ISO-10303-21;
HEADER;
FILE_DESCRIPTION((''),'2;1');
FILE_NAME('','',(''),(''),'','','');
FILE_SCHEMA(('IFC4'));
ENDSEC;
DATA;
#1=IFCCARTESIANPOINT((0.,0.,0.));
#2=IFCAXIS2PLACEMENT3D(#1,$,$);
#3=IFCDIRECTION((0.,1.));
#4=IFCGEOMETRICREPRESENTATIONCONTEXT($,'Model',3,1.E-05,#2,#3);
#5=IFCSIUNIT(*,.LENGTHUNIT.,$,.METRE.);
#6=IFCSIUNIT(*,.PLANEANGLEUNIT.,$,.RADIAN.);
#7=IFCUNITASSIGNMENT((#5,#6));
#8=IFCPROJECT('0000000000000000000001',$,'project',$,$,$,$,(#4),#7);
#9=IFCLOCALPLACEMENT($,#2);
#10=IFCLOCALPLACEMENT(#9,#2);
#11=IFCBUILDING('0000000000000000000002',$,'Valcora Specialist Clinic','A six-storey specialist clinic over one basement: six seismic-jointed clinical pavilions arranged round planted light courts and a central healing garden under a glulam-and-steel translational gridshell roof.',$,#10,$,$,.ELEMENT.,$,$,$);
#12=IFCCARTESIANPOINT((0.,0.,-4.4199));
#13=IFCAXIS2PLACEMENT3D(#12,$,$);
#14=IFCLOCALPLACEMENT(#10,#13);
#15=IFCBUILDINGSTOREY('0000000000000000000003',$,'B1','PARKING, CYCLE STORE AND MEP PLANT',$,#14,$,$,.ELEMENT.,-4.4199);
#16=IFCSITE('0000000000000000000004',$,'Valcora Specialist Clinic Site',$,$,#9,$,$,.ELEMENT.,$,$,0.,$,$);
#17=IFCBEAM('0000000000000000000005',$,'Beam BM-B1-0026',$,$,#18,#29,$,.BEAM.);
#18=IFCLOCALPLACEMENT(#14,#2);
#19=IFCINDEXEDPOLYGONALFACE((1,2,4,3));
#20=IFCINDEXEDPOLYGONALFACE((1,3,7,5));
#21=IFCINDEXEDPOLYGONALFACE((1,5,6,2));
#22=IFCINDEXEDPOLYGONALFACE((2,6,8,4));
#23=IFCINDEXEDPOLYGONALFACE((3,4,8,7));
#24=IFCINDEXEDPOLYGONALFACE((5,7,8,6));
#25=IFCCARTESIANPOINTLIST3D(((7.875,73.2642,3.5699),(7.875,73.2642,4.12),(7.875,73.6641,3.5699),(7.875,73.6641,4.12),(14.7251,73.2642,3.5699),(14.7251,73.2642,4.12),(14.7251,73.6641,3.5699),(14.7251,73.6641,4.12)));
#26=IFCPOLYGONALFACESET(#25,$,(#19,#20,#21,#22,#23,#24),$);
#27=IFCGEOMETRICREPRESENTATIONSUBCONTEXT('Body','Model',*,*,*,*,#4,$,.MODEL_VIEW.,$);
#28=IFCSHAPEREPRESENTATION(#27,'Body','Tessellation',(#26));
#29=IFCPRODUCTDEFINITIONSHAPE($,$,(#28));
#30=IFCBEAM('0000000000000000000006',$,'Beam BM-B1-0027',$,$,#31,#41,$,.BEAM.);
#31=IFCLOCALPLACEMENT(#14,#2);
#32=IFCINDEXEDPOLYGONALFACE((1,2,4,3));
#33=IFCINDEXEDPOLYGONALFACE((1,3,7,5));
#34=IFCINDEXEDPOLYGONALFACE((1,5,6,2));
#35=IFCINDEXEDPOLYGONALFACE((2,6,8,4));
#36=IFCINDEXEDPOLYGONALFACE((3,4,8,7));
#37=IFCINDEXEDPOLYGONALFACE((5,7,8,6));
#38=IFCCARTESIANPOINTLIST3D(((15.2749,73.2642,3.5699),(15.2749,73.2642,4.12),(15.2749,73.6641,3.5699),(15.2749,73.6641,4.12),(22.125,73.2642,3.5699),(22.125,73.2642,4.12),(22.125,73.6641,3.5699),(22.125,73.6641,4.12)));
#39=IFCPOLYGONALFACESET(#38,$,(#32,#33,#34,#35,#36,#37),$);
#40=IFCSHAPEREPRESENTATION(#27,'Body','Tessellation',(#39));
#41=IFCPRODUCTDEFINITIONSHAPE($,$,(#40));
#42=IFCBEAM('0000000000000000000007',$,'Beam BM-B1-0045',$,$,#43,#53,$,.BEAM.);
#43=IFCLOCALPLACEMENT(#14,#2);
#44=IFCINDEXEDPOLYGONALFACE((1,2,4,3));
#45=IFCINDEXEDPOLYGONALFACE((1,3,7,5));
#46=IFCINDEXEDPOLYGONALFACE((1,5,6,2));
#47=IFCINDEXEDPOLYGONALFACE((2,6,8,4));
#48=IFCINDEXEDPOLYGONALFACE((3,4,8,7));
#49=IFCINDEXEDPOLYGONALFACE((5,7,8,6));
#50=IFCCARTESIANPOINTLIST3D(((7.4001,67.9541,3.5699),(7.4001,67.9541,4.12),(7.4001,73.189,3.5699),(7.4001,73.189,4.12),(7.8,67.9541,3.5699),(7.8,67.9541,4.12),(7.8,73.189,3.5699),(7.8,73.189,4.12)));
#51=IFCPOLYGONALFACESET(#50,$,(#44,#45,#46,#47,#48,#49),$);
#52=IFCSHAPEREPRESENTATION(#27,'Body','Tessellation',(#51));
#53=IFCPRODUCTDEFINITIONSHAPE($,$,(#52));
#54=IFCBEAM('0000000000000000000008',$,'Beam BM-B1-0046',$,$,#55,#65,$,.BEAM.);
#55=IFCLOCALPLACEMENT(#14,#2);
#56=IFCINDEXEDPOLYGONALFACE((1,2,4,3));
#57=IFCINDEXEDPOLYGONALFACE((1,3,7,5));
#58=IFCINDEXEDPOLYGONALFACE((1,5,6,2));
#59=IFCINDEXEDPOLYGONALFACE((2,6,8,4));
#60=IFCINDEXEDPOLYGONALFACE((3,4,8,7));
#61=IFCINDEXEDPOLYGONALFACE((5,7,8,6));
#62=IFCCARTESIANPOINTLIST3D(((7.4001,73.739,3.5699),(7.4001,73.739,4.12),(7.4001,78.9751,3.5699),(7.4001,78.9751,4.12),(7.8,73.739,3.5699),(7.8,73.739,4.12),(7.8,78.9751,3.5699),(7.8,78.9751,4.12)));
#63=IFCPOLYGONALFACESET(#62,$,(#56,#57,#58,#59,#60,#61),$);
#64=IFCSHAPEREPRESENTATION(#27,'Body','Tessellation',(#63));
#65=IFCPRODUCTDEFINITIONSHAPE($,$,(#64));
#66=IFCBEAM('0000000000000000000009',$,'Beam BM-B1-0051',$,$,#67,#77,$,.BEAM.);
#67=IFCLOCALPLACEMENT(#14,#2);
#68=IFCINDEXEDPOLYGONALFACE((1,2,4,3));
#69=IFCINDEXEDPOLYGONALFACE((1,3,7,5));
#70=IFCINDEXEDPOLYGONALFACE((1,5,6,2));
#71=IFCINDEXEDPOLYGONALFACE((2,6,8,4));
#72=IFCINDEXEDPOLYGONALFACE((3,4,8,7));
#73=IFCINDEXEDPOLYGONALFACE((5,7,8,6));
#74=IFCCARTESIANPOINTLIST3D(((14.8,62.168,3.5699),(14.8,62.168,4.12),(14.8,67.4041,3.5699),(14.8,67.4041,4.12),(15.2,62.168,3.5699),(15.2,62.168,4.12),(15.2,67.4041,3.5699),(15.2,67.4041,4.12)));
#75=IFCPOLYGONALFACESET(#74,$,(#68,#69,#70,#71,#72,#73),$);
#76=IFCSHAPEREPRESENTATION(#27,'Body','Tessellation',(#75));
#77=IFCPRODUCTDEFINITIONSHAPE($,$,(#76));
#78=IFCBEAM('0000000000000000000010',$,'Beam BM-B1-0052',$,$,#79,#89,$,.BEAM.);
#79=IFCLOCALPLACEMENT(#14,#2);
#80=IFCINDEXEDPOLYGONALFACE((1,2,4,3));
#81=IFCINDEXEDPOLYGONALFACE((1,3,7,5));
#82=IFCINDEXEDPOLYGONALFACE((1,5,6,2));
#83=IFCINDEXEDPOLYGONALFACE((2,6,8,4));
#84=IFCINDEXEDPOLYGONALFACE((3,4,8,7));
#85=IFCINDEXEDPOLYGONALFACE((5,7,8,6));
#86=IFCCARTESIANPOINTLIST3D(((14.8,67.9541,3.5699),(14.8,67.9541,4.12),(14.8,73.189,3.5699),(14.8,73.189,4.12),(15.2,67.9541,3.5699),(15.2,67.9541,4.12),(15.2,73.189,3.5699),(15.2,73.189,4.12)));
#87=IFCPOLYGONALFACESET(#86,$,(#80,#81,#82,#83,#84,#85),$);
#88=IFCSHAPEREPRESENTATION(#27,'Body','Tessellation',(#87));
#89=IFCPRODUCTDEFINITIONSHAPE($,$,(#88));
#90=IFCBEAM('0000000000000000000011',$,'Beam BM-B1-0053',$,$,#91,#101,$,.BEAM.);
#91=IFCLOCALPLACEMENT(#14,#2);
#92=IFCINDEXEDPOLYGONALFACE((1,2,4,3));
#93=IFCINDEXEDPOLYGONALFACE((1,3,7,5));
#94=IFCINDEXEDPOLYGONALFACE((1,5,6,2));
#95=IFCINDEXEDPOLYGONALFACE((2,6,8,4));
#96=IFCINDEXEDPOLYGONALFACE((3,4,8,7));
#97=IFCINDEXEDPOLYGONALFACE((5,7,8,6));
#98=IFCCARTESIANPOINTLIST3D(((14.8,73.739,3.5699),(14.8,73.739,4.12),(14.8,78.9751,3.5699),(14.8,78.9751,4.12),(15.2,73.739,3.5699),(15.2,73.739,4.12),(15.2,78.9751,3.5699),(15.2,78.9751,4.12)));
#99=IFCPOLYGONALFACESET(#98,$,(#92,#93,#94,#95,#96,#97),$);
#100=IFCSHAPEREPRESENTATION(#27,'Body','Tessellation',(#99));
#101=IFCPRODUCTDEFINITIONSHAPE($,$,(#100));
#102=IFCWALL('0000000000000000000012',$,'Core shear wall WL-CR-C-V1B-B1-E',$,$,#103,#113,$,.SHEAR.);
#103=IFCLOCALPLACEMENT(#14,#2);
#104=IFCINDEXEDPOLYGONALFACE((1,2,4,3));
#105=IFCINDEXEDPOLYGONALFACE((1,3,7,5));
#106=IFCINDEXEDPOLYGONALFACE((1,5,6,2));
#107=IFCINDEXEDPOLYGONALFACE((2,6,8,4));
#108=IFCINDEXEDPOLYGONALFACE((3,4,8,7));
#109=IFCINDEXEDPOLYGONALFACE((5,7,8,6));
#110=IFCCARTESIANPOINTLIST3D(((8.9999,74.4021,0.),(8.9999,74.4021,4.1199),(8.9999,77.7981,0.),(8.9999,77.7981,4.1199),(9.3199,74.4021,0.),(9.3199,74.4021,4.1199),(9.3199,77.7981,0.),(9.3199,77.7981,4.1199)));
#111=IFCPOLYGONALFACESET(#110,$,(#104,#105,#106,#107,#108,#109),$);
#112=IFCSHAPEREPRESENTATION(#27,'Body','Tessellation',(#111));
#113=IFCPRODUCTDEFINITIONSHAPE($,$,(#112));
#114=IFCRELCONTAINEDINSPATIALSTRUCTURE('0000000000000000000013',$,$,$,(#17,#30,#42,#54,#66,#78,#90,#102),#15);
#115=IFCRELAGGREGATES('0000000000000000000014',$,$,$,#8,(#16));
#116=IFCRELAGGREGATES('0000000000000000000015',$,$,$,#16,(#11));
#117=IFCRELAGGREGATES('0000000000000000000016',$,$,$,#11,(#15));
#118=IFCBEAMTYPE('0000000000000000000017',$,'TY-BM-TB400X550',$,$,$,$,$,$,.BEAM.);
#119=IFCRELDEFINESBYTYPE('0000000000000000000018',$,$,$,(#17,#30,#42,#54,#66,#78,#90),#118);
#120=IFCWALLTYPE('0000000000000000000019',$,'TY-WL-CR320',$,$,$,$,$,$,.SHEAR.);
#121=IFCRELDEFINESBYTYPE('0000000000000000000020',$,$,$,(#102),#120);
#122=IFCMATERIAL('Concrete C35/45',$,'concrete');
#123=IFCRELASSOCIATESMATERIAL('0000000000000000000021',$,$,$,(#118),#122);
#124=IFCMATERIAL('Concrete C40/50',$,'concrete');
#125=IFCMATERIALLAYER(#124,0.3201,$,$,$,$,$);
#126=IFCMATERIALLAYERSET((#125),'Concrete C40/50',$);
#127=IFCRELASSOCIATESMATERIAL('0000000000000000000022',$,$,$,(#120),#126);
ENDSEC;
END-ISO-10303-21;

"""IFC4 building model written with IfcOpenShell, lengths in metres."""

from ifc_helpers import new_model, si_unit, direction, frame, frame_2d, origin, origin_2d, place, context, subcontext, project, spatial, rectangle, extrude, material, layer, layer_set, material_profile, profile_set, type_object, element, save


model = new_model("IFC4")

# Units and contexts
model_context = context("Model", 3, precision=1e-05, world=origin(), true_north=direction((0.0, 1.0)))
body_context = subcontext(model_context, "Body", "Model", "MODEL_VIEW")
ifc_project = project(units=[si_unit("LENGTHUNIT", "METRE"), si_unit("PLANEANGLEUNIT", "RADIAN")], contexts=[model_context])

# Site, building, storey
site_placement = place(None, origin())
site = spatial("IfcSite", under=ifc_project, at=site_placement, Name="Valcora Specialist Clinic Site", CompositionType="ELEMENT", RefElevation=0.0)
building_placement = place(site_placement, origin())
building = spatial("IfcBuilding", under=site, at=building_placement, Name="Valcora Specialist Clinic", Description="A six-storey specialist clinic over one basement: six seismic-jointed clinical pavilions arranged round planted light courts and a central healing garden under a glulam-and-steel translational gridshell roof.", CompositionType="ELEMENT")
storey_placement = place(building_placement, frame((0.0, 0.0, -4.4199)))
storey = spatial("IfcBuildingStorey", under=building, at=storey_placement, Name="B1", Description="PARKING, CYCLE STORE AND MEP PLANT", CompositionType="ELEMENT", Elevation=-4.4199)

# Shared definitions
ifc_material_1 = material(Name="Concrete C35/45", Category="concrete")

# Shared definitions
ifc_material_2 = material(Name="Concrete C40/50", Category="concrete")

# Beams
ifc_material_profile_1 = material_profile(ifc_material_1, rectangle(XDim=0.3999, YDim=0.55, at=origin_2d()), Name="RC-TB-400X550")
ifc_profile_set_1 = profile_set([ifc_material_profile_1], Name="Concrete C35/45")
beam_type = type_object("IfcBeamType", Name="TY-BM-TB400X550", PredefinedType="BEAM", material=ifc_profile_set_1)
for number, where, z_axis, x_axis, name in (
    (1, (7.875, 73.4641, 3.845), (1.0, 0.0, 0.0), (0.0, 1.0, 0.0), "Beam BM-B1-0026"),
    (2, (15.2749, 73.4641, 3.845), (1.0, 0.0, 0.0), (0.0, 1.0, 0.0), "Beam BM-B1-0027"),
):
    element("IfcBeam", number, at=place(storey_placement, frame(where, z_axis=z_axis, x_axis=x_axis)), inside=storey, type_object=beam_type, Name=name, PredefinedType="BEAM", context=body_context, shape_type="SweptSolid", body=[
        extrude(rectangle(XDim=0.3999, YDim=0.55, at=origin_2d()), origin(), (0.0, 0.0, 1.0), 6.8501),
    ])
beam_1_placement = place(storey_placement, frame((7.6001, 67.9541, 3.845), z_axis=(0.0, 1.0, 0.0), x_axis=(-1.0, 0.0, 0.0)))
element("IfcBeam", 3, at=beam_1_placement, inside=storey, type_object=beam_type, Name="Beam BM-B1-0045", PredefinedType="BEAM", context=body_context, shape_type="SweptSolid", body=[
    extrude(rectangle(XDim=0.3999, YDim=0.55, at=origin_2d()), origin(), (0.0, 0.0, 1.0), 5.2349),
])
for number, where, z_axis, x_axis, name in (
    (4, (7.6001, 73.739, 3.845), (0.0, 1.0, 0.0), (-1.0, 0.0, 0.0), "Beam BM-B1-0046"),
    (5, (15.0, 62.168, 3.845), (0.0, 1.0, 0.0), (-1.0, 0.0, 0.0), "Beam BM-B1-0051"),
):
    element("IfcBeam", number, at=place(storey_placement, frame(where, z_axis=z_axis, x_axis=x_axis)), inside=storey, type_object=beam_type, Name=name, PredefinedType="BEAM", context=body_context, shape_type="SweptSolid", body=[
        extrude(rectangle(XDim=0.3999, YDim=0.55, at=origin_2d()), origin(), (0.0, 0.0, 1.0), 5.2361),
    ])
beam_2_placement = place(storey_placement, frame((15.0, 67.9541, 3.845), z_axis=(0.0, 1.0, 0.0), x_axis=(-1.0, 0.0, 0.0)))
element("IfcBeam", 6, at=beam_2_placement, inside=storey, type_object=beam_type, Name="Beam BM-B1-0052", PredefinedType="BEAM", context=body_context, shape_type="SweptSolid", body=[
    extrude(rectangle(XDim=0.3999, YDim=0.55, at=origin_2d()), origin(), (0.0, 0.0, 1.0), 5.2349),
])
beam_3_placement = place(storey_placement, frame((15.0, 73.739, 3.845), z_axis=(0.0, 1.0, 0.0), x_axis=(-1.0, 0.0, 0.0)))
element("IfcBeam", 7, at=beam_3_placement, inside=storey, type_object=beam_type, Name="Beam BM-B1-0053", PredefinedType="BEAM", context=body_context, shape_type="SweptSolid", body=[
    extrude(rectangle(XDim=0.3999, YDim=0.55, at=origin_2d()), origin(), (0.0, 0.0, 1.0), 5.2361),
])

# Wall
ifc_layer = layer(ifc_material_2, 0.3201)
ifc_layer_set = layer_set([ifc_layer], Name="Concrete C40/50")
wall_type = type_object("IfcWallType", Name="TY-WL-CR320", PredefinedType="SHEAR", material=ifc_layer_set)
wall_placement = place(storey_placement, frame((9.1599, 74.4021, 0.0), z_axis=(0.0, 0.0, 1.0), x_axis=(0.0, 1.0, 0.0)))
element("IfcWall", 8, at=wall_placement, inside=storey, type_object=wall_type, Name="Core shear wall WL-CR-C-V1B-B1-E", PredefinedType="SHEAR", context=body_context, shape_type="SweptSolid", body=[
    extrude(rectangle(XDim=3.396, YDim=0.3201, at=frame_2d((1.698, 0.0))), origin(), (0.0, 0.0, 1.0), 4.1199),
])

save(model, "model.ifc")
